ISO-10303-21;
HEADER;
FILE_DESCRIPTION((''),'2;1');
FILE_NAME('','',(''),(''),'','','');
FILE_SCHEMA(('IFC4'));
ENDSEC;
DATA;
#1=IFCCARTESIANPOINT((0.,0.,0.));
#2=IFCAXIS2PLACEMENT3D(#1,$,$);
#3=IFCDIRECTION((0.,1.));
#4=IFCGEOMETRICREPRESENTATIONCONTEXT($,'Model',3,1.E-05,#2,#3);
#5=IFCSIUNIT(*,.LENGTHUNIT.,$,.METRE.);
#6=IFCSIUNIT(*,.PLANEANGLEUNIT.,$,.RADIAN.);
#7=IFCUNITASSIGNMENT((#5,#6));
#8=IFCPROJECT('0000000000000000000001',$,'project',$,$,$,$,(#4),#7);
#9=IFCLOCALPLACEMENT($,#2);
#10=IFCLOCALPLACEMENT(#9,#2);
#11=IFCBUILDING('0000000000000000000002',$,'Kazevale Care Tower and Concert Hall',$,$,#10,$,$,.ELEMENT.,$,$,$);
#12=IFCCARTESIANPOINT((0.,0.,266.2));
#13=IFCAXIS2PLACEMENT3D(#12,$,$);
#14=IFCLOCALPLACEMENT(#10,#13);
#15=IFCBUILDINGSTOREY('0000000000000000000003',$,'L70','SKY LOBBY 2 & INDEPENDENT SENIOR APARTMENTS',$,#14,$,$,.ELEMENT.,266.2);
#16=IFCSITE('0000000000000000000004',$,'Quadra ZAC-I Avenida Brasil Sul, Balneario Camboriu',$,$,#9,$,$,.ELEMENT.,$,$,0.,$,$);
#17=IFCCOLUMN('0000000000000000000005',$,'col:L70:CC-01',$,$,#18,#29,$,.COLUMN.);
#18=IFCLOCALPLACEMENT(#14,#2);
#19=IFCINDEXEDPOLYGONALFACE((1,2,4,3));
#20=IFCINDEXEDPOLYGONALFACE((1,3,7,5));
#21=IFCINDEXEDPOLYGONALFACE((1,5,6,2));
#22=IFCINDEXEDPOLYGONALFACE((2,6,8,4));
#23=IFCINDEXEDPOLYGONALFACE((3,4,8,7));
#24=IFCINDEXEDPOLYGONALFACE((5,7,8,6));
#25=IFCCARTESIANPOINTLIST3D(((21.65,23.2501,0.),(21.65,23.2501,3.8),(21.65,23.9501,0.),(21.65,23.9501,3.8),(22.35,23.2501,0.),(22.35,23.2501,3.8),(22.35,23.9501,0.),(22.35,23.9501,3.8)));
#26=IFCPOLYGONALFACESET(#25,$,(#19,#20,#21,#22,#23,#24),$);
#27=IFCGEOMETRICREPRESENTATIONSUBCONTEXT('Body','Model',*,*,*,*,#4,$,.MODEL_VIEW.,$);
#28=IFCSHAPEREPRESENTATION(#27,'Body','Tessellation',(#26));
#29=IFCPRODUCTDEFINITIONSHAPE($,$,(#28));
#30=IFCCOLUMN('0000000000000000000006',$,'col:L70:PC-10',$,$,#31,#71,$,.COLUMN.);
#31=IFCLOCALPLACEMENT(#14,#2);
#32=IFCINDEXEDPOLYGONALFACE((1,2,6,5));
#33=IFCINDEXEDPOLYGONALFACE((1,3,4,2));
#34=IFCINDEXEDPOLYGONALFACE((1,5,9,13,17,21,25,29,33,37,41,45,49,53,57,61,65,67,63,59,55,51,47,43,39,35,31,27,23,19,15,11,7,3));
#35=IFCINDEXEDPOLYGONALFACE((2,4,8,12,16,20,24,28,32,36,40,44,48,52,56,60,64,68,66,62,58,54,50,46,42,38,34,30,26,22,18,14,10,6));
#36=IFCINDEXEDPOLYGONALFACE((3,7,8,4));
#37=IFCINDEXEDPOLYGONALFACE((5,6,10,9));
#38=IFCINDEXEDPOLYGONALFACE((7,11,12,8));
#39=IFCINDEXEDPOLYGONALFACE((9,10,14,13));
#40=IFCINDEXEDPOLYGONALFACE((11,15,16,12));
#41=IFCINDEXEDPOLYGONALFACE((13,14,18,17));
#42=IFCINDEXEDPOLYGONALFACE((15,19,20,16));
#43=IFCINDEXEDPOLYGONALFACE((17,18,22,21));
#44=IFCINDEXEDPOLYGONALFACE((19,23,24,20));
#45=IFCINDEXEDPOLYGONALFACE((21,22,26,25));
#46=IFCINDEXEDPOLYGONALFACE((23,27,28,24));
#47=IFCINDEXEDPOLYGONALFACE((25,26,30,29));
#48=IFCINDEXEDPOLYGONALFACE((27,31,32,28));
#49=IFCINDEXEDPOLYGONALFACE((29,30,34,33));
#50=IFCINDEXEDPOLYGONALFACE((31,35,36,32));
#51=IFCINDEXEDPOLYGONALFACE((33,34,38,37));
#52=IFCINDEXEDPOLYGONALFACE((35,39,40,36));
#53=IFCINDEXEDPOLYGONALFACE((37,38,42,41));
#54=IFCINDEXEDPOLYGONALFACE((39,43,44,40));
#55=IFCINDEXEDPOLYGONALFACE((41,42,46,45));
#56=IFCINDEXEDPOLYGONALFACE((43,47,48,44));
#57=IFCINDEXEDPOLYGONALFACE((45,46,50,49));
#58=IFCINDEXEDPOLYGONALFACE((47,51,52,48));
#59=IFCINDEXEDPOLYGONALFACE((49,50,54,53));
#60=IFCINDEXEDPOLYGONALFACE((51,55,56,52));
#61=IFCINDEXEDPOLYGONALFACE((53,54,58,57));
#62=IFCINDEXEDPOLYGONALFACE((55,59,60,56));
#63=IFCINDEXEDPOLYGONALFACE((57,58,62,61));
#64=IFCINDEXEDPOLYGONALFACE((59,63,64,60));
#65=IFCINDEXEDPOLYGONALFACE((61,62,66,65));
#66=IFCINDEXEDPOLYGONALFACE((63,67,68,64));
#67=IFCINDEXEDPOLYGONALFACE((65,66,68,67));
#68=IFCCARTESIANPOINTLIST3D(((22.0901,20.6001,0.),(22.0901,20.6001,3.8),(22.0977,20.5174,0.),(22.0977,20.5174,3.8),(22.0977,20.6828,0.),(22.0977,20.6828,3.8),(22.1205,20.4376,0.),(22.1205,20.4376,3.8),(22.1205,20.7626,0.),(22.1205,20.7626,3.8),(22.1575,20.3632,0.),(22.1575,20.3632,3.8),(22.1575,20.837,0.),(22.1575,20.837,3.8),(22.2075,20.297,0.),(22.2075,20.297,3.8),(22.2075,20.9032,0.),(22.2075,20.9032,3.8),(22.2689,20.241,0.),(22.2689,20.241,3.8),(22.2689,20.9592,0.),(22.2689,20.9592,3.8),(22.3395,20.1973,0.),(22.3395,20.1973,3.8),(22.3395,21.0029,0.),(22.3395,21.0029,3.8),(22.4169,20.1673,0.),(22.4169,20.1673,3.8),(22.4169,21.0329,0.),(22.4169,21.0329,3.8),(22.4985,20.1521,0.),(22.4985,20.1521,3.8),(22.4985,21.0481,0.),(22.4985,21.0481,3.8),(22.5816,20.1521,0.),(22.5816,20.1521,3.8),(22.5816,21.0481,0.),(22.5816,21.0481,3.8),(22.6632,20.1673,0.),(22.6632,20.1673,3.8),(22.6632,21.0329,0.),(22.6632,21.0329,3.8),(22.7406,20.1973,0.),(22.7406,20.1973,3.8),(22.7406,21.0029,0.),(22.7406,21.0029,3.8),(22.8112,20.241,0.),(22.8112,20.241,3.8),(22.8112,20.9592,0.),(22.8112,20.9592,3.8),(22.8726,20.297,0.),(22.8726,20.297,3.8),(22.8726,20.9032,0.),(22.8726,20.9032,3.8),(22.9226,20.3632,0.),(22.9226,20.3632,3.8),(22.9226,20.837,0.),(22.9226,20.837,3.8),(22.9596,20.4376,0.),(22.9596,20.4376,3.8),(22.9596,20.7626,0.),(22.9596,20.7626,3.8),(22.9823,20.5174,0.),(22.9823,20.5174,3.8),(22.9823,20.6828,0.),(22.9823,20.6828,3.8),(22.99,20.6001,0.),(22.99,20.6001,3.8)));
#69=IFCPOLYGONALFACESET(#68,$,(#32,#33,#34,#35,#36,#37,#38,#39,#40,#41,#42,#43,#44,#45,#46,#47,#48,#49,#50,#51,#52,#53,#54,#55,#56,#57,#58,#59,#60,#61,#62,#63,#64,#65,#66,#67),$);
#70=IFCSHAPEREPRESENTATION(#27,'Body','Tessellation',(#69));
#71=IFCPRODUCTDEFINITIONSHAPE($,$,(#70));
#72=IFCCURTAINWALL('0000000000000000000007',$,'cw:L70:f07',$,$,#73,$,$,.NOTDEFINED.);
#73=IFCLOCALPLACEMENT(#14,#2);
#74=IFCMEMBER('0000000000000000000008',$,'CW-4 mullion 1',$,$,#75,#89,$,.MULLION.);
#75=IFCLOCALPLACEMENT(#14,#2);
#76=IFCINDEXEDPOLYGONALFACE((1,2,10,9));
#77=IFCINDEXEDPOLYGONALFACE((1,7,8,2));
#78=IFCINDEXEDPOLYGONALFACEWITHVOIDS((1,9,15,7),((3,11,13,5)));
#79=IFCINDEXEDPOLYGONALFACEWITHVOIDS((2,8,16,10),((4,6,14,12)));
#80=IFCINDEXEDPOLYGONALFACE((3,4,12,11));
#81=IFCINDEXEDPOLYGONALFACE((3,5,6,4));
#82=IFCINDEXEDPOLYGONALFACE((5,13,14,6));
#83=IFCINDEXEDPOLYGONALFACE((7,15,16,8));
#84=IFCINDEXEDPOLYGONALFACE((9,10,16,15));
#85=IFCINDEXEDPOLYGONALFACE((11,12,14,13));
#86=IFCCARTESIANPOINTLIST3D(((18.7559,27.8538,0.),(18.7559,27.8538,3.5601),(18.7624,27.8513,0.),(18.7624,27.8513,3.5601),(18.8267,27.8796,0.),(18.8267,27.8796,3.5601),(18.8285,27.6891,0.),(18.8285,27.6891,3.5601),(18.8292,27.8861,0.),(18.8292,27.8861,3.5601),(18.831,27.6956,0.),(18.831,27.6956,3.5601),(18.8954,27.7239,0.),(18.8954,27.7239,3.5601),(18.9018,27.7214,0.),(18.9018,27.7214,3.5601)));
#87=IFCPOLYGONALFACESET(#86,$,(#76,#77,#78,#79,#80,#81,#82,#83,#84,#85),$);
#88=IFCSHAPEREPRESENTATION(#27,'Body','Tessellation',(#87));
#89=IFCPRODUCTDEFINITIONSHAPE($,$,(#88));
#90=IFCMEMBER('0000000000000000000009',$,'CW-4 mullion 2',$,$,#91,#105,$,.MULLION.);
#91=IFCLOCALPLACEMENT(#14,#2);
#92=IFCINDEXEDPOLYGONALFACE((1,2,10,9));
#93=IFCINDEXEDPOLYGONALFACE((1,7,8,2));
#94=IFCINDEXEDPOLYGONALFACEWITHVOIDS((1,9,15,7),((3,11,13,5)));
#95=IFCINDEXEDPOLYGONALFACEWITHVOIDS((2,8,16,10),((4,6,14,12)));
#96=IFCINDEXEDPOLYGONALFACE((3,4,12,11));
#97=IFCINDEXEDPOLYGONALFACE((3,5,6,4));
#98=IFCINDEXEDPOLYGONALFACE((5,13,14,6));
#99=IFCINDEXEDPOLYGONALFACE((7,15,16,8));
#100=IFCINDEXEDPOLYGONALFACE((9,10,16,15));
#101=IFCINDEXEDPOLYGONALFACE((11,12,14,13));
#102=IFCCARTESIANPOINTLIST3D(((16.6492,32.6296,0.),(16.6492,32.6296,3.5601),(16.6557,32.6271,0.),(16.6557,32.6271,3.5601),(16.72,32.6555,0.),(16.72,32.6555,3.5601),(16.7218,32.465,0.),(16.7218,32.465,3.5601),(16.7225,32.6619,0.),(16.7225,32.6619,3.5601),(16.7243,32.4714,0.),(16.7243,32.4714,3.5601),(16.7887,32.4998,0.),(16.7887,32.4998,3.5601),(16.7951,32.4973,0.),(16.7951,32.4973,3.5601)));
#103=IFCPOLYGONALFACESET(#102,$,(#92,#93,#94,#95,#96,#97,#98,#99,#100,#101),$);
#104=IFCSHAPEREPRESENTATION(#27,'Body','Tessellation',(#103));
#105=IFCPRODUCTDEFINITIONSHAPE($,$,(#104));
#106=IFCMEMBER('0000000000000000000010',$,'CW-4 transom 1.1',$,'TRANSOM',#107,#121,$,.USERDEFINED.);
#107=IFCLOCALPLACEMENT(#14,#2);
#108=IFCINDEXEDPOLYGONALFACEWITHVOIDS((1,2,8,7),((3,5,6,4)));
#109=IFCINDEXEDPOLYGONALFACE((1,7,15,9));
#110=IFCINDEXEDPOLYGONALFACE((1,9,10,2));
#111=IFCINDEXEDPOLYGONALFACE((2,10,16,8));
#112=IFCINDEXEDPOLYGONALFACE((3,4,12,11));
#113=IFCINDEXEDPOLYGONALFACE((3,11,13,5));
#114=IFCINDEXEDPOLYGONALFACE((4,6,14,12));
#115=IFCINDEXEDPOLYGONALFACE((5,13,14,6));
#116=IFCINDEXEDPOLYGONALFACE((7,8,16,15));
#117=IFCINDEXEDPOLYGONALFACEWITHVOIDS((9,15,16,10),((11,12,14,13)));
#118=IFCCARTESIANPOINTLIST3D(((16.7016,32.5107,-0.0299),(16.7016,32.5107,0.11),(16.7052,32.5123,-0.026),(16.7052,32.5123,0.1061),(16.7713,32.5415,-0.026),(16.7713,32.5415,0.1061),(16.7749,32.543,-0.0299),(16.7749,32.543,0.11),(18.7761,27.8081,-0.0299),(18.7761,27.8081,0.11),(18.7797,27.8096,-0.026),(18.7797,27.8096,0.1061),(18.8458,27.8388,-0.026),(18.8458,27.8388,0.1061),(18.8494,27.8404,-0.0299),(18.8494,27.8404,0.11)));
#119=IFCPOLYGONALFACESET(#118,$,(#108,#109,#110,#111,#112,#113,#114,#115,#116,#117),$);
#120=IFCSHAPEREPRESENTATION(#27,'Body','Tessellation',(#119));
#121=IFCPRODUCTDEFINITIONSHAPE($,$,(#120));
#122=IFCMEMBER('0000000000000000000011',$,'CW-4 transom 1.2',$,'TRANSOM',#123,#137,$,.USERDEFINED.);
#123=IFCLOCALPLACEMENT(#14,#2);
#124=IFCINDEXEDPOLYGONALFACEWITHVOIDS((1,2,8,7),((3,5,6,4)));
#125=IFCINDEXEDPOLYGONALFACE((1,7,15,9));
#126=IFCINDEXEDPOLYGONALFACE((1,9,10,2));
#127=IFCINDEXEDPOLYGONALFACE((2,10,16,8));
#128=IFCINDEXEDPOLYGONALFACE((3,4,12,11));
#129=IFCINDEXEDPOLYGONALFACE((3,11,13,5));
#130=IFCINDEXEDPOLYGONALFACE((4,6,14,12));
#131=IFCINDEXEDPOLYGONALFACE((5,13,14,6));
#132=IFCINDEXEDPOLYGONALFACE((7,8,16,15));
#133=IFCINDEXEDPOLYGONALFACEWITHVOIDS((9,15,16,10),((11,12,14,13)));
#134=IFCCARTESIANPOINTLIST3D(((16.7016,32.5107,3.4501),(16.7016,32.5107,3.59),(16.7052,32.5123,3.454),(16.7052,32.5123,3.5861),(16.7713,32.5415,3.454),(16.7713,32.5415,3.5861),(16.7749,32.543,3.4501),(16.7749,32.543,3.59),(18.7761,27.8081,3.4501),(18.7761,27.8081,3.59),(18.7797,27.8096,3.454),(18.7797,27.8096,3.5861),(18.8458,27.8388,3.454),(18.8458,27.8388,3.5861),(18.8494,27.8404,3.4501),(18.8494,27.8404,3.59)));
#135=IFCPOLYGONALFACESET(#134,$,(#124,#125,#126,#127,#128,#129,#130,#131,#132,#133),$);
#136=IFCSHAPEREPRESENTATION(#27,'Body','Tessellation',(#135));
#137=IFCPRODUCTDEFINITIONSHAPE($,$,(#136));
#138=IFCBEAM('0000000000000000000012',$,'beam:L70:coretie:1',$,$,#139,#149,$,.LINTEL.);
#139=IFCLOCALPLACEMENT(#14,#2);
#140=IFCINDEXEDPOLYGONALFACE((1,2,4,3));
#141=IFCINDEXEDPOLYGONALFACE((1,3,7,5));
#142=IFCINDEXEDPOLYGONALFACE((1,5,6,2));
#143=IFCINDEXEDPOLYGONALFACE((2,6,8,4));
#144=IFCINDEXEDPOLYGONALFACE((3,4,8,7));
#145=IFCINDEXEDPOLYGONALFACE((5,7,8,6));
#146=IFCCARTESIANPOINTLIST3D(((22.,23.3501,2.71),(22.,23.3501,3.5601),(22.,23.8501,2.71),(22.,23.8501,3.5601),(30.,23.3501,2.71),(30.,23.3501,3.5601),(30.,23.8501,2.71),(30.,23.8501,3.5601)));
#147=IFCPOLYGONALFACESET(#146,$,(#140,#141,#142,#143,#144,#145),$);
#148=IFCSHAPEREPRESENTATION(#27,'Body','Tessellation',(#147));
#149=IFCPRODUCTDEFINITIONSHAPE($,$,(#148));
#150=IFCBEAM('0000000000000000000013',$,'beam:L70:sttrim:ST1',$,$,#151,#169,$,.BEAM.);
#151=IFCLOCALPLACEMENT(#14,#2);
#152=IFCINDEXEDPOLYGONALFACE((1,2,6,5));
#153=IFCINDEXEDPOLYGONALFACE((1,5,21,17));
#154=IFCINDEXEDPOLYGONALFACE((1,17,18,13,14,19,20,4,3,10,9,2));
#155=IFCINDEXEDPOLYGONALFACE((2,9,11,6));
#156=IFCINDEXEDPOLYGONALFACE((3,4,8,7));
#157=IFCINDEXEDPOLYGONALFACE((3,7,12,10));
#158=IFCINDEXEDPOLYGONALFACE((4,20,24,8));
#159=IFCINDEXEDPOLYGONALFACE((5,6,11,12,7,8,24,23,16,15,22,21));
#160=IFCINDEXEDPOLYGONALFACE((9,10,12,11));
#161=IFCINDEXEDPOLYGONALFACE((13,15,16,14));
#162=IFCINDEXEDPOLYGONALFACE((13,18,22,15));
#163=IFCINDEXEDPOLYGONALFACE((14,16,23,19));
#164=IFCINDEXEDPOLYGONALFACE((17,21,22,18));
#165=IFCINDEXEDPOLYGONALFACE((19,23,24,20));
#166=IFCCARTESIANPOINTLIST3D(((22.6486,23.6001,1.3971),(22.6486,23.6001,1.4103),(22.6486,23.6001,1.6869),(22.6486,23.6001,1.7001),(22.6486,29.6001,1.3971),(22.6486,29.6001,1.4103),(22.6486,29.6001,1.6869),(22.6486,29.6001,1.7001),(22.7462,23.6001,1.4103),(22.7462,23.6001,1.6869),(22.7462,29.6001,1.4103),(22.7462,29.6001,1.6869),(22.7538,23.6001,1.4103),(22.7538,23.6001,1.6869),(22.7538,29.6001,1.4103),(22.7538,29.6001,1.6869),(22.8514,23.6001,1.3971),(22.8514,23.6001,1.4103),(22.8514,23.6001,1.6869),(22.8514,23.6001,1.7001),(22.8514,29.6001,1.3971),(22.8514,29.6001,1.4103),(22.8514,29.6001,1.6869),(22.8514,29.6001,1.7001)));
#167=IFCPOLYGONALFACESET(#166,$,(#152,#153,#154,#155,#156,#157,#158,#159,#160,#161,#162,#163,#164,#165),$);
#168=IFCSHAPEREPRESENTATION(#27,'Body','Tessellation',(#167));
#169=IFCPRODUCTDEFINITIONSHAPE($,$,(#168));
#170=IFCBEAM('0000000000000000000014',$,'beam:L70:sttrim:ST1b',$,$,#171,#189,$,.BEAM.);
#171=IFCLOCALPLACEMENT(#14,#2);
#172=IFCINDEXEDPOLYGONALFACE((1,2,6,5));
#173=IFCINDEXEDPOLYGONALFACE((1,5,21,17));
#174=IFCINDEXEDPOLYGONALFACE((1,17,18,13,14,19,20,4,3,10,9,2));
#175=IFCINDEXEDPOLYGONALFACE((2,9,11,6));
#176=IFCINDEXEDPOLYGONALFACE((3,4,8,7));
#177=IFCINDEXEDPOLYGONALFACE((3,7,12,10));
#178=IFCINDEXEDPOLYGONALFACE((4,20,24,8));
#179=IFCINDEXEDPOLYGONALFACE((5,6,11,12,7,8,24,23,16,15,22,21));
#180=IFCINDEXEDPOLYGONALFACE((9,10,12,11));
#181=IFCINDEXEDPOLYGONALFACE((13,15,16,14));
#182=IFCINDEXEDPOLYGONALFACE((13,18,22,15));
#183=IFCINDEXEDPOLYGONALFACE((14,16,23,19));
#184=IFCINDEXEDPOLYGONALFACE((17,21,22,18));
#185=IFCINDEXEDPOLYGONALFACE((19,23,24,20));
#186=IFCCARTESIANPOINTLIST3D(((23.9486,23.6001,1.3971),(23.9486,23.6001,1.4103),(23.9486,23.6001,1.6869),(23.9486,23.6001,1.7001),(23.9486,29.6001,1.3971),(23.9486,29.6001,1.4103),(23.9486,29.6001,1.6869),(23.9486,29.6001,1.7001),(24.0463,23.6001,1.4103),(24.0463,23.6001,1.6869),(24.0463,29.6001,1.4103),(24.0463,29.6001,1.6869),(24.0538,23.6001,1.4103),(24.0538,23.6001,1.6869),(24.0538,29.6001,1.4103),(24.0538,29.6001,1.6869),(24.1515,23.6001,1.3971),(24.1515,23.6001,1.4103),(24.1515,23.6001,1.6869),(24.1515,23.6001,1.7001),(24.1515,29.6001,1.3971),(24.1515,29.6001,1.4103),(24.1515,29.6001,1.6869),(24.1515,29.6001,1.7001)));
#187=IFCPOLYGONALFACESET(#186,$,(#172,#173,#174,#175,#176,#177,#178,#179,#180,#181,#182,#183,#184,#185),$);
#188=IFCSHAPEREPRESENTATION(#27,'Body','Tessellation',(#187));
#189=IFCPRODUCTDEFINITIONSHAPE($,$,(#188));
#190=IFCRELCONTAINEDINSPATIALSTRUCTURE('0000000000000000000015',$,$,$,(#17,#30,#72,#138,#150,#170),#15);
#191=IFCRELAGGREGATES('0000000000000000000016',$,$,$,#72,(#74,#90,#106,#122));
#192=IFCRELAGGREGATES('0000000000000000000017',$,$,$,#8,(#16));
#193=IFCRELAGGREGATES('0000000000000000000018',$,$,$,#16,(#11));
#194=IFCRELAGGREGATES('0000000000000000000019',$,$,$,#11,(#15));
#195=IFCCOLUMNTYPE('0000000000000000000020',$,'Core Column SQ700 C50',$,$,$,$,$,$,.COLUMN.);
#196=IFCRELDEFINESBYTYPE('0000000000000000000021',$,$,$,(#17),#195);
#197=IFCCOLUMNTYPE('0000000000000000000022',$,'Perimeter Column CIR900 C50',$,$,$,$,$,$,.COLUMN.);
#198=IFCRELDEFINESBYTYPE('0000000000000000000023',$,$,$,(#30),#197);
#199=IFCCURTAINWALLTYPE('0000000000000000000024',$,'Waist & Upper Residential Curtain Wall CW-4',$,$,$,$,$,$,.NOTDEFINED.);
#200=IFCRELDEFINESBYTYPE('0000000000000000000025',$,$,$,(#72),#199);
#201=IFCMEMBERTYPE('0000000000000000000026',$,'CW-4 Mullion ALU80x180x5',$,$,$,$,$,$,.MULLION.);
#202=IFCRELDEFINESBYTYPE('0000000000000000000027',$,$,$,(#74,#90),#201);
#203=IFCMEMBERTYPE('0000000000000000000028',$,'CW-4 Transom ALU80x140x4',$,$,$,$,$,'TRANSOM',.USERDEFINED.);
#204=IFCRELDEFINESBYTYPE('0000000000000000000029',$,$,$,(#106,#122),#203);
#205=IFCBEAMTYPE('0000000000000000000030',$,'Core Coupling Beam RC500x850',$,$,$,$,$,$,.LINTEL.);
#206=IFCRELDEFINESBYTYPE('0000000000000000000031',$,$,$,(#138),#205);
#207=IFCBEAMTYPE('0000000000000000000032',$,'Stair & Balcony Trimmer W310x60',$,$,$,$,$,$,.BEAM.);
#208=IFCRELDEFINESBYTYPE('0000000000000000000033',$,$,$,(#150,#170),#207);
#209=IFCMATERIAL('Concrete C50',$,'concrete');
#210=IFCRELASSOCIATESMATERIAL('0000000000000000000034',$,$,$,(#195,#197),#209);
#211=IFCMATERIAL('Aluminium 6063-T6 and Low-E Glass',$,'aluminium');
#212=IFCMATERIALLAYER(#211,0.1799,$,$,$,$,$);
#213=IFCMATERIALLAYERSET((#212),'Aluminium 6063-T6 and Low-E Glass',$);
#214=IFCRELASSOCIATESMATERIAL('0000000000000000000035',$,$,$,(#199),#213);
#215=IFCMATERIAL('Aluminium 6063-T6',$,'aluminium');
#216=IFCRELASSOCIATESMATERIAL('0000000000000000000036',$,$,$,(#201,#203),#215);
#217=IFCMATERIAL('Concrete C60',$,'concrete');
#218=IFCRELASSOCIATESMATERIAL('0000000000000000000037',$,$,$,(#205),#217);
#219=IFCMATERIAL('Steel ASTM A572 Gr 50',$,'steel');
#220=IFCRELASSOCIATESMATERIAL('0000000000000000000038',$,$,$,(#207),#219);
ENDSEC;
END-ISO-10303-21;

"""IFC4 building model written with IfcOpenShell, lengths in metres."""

from ifc_helpers import new_model, si_unit, direction, frame, origin, origin_2d, place, context, subcontext, project, spatial, rectangle, hollow_rectangle, circle, i_section, extrude, material, layer, layer_set, material_profile, profile_set, type_object, element, aggregate, save


model = new_model("IFC4")

# Units and contexts
model_context = context("Model", 3, precision=1e-05, world=origin(), true_north=direction((0.0, 1.0)))
body_context = subcontext(model_context, "Body", "Model", "MODEL_VIEW")
ifc_project = project(units=[si_unit("LENGTHUNIT", "METRE"), si_unit("PLANEANGLEUNIT", "RADIAN")], contexts=[model_context])

# Site, building, storey
site_placement = place(None, origin())
site = spatial("IfcSite", under=ifc_project, at=site_placement, Name="Quadra ZAC-I Avenida Brasil Sul, Balneario Camboriu", CompositionType="ELEMENT", RefElevation=0.0)
building_placement = place(site_placement, origin())
building = spatial("IfcBuilding", under=site, at=building_placement, Name="Kazevale Care Tower and Concert Hall", CompositionType="ELEMENT")
storey_placement = place(building_placement, frame((0.0, 0.0, 266.2)))
storey = spatial("IfcBuildingStorey", under=building, at=storey_placement, Name="L70", Description="SKY LOBBY 2 & INDEPENDENT SENIOR APARTMENTS", CompositionType="ELEMENT", Elevation=266.2)

# Columns
ifc_material_1 = material(Name="Concrete C50", Category="concrete")
ifc_material_profile_1 = material_profile(ifc_material_1, rectangle(XDim=0.7, YDim=0.7, at=origin_2d()), Name="RC-SQ700")
ifc_profile_set_1 = profile_set([ifc_material_profile_1], Name="Concrete C50")
column_type_1 = type_object("IfcColumnType", Name="Core Column SQ700 C50", PredefinedType="COLUMN", material=ifc_profile_set_1)
column_1_placement = place(storey_placement, frame((22.0, 23.6001, 0.0), z_axis=(0.0, 0.0, 1.0), x_axis=(1.0, 0.0, 0.0)))
element("IfcColumn", 1, at=column_1_placement, inside=storey, type_object=column_type_1, Name="col:L70:CC-01", PredefinedType="COLUMN", context=body_context, shape_type="SweptSolid", body=[
    extrude(rectangle(XDim=0.7, YDim=0.7, at=origin_2d()), origin(), (0.0, 0.0, 1.0), 3.8),
])
ifc_material_profile_2 = material_profile(ifc_material_1, circle(Radius=0.45, at=origin_2d()), Name="RC-CIR900")
ifc_profile_set_2 = profile_set([ifc_material_profile_2], Name="Concrete C50")
column_type_2 = type_object("IfcColumnType", Name="Perimeter Column CIR900 C50", PredefinedType="COLUMN", material=ifc_profile_set_2)
column_2_placement = place(storey_placement, frame((22.54, 20.6001, 0.0), z_axis=(0.0, 0.0, 1.0), x_axis=(1.0, 0.0, 0.0)))
element("IfcColumn", 2, at=column_2_placement, inside=storey, type_object=column_type_2, Name="col:L70:PC-10", PredefinedType="COLUMN", context=body_context, shape_type="SweptSolid", body=[
    extrude(circle(Radius=0.45, at=origin_2d()), origin(), (0.0, 0.0, 1.0), 3.8),
])

# Curtain wall, members
ifc_material_2 = material(Name="Aluminium 6063-T6 and Low-E Glass", Category="aluminium")
ifc_layer_1 = layer(ifc_material_2, 0.1799)
ifc_layer_set_1 = layer_set([ifc_layer_1], Name="Aluminium 6063-T6 and Low-E Glass")
curtain_wall_type = type_object("IfcCurtainWallType", Name="Waist & Upper Residential Curtain Wall CW-4", PredefinedType="NOTDEFINED", material=ifc_layer_set_1)
curtain_wall_placement = place(storey_placement, origin())
curtain_wall = element("IfcCurtainWall", 3, at=curtain_wall_placement, inside=storey, type_object=curtain_wall_type, Name="cw:L70:f07", PredefinedType="NOTDEFINED")
ifc_material_3 = material(Name="Aluminium 6063-T6", Category="aluminium")
ifc_material_profile_3 = material_profile(ifc_material_3, hollow_rectangle(XDim=0.0801, YDim=0.1799, WallThickness=0.0049, at=origin_2d()), Name="ALU80x180x5")
ifc_profile_set_3 = profile_set([ifc_material_profile_3], Name="Aluminium 6063-T6")
member_type_1 = type_object("IfcMemberType", Name="CW-4 Mullion ALU80x180x5", PredefinedType="MULLION", material=ifc_profile_set_3)
member_1_placement = place(storey_placement, frame((18.8289, 27.7876, 0.0), z_axis=(0.0, 0.0, 1.0), x_axis=(-0.914936, -0.403598, 0.0)))
member_1 = element("IfcMember", 4, at=member_1_placement, type_object=member_type_1, Name="CW-4 mullion 1", PredefinedType="MULLION", context=body_context, shape_type="SweptSolid", body=[
    extrude(hollow_rectangle(XDim=0.0801, YDim=0.1799, WallThickness=0.0049, at=origin_2d()), origin(), (0.0, 0.0, 1.0), 3.5601),
])
member_2_placement = place(storey_placement, frame((16.7222, 32.5635, 0.0), z_axis=(0.0, 0.0, 1.0), x_axis=(-0.914936, -0.403598, 0.0)))
member_2 = element("IfcMember", 5, at=member_2_placement, type_object=member_type_1, Name="CW-4 mullion 2", PredefinedType="MULLION", context=body_context, shape_type="SweptSolid", body=[
    extrude(hollow_rectangle(XDim=0.0801, YDim=0.1799, WallThickness=0.0049, at=origin_2d()), origin(), (0.0, 0.0, 1.0), 3.5601),
])
ifc_material_profile_4 = material_profile(ifc_material_3, hollow_rectangle(XDim=0.0801, YDim=0.1399, WallThickness=0.0039, at=origin_2d()), Name="ALU80x140x4")
ifc_profile_set_4 = profile_set([ifc_material_profile_4], Name="Aluminium 6063-T6")
member_type_2 = type_object("IfcMemberType", Name="CW-4 Transom ALU80x140x4", ElementType="TRANSOM", PredefinedType="USERDEFINED", material=ifc_profile_set_4)
member_3_placement = place(storey_placement, frame((18.8127, 27.8242, 0.04), z_axis=(-0.403603, 0.914934, 0.0), x_axis=(-0.914934, -0.403603, 0.0)))
member_3 = element("IfcMember", 6, at=member_3_placement, type_object=member_type_2, Name="CW-4 transom 1.1", ObjectType="TRANSOM", PredefinedType="USERDEFINED", context=body_context, shape_type="SweptSolid", body=[
    extrude(hollow_rectangle(XDim=0.0801, YDim=0.1399, WallThickness=0.0039, at=origin_2d()), origin(), (0.0, 0.0, 1.0), 5.1399),
])
member_4_placement = place(storey_placement, frame((18.8127, 27.8242, 3.52), z_axis=(-0.403603, 0.914934, 0.0), x_axis=(-0.914934, -0.403603, 0.0)))
member_4 = element("IfcMember", 7, at=member_4_placement, type_object=member_type_2, Name="CW-4 transom 1.2", ObjectType="TRANSOM", PredefinedType="USERDEFINED", context=body_context, shape_type="SweptSolid", body=[
    extrude(hollow_rectangle(XDim=0.0801, YDim=0.1399, WallThickness=0.0039, at=origin_2d()), origin(), (0.0, 0.0, 1.0), 5.1399),
])

# Beams
ifc_material_4 = material(Name="Concrete C60", Category="concrete")
ifc_material_profile_5 = material_profile(ifc_material_4, rectangle(XDim=0.5, YDim=0.8501, at=origin_2d()), Name="RC-B500x850")
ifc_profile_set_5 = profile_set([ifc_material_profile_5], Name="Concrete C60")
beam_type_1 = type_object("IfcBeamType", Name="Core Coupling Beam RC500x850", PredefinedType="LINTEL", material=ifc_profile_set_5)
beam_1_placement = place(storey_placement, frame((22.0, 23.6001, 3.135), z_axis=(1.0, 0.0, 0.0), x_axis=(0.0, 1.0, 0.0)))
element("IfcBeam", 8, at=beam_1_placement, inside=storey, type_object=beam_type_1, Name="beam:L70:coretie:1", PredefinedType="LINTEL", context=body_context, shape_type="SweptSolid", body=[
    extrude(rectangle(XDim=0.5, YDim=0.8501, at=origin_2d()), origin(), (0.0, 0.0, 1.0), 8.0),
])
ifc_material_5 = material(Name="Steel ASTM A572 Gr 50", Category="steel")
ifc_material_profile_6 = material_profile(ifc_material_5, i_section(OverallWidth=0.2029, OverallDepth=0.303, WebThickness=0.0076, FlangeThickness=0.0132, at=origin_2d()), Name="W310x60")
ifc_profile_set_6 = profile_set([ifc_material_profile_6], Name="Steel ASTM A572 Gr 50")
beam_type_2 = type_object("IfcBeamType", Name="Stair & Balcony Trimmer W310x60", PredefinedType="BEAM", material=ifc_profile_set_6)
for number, where, z_axis, x_axis, name in (
    (9, (22.75, 23.6001, 1.5486), (0.0, 1.0, 0.0), (-1.0, 0.0, 0.0), "beam:L70:sttrim:ST1"),
    (10, (24.05, 23.6001, 1.5486), (0.0, 1.0, 0.0), (-1.0, 0.0, 0.0), "beam:L70:sttrim:ST1b"),
):
    element("IfcBeam", number, at=place(storey_placement, frame(where, z_axis=z_axis, x_axis=x_axis)), inside=storey, type_object=beam_type_2, Name=name, PredefinedType="BEAM", context=body_context, shape_type="SweptSolid", body=[
        extrude(i_section(OverallWidth=0.2029, OverallDepth=0.303, WebThickness=0.0076, FlangeThickness=0.0132, at=origin_2d()), origin(), (0.0, 0.0, 1.0), 6.0),
    ])

aggregate(curtain_wall, [member_1, member_2, member_3, member_4])

save(model, "model.ifc")
